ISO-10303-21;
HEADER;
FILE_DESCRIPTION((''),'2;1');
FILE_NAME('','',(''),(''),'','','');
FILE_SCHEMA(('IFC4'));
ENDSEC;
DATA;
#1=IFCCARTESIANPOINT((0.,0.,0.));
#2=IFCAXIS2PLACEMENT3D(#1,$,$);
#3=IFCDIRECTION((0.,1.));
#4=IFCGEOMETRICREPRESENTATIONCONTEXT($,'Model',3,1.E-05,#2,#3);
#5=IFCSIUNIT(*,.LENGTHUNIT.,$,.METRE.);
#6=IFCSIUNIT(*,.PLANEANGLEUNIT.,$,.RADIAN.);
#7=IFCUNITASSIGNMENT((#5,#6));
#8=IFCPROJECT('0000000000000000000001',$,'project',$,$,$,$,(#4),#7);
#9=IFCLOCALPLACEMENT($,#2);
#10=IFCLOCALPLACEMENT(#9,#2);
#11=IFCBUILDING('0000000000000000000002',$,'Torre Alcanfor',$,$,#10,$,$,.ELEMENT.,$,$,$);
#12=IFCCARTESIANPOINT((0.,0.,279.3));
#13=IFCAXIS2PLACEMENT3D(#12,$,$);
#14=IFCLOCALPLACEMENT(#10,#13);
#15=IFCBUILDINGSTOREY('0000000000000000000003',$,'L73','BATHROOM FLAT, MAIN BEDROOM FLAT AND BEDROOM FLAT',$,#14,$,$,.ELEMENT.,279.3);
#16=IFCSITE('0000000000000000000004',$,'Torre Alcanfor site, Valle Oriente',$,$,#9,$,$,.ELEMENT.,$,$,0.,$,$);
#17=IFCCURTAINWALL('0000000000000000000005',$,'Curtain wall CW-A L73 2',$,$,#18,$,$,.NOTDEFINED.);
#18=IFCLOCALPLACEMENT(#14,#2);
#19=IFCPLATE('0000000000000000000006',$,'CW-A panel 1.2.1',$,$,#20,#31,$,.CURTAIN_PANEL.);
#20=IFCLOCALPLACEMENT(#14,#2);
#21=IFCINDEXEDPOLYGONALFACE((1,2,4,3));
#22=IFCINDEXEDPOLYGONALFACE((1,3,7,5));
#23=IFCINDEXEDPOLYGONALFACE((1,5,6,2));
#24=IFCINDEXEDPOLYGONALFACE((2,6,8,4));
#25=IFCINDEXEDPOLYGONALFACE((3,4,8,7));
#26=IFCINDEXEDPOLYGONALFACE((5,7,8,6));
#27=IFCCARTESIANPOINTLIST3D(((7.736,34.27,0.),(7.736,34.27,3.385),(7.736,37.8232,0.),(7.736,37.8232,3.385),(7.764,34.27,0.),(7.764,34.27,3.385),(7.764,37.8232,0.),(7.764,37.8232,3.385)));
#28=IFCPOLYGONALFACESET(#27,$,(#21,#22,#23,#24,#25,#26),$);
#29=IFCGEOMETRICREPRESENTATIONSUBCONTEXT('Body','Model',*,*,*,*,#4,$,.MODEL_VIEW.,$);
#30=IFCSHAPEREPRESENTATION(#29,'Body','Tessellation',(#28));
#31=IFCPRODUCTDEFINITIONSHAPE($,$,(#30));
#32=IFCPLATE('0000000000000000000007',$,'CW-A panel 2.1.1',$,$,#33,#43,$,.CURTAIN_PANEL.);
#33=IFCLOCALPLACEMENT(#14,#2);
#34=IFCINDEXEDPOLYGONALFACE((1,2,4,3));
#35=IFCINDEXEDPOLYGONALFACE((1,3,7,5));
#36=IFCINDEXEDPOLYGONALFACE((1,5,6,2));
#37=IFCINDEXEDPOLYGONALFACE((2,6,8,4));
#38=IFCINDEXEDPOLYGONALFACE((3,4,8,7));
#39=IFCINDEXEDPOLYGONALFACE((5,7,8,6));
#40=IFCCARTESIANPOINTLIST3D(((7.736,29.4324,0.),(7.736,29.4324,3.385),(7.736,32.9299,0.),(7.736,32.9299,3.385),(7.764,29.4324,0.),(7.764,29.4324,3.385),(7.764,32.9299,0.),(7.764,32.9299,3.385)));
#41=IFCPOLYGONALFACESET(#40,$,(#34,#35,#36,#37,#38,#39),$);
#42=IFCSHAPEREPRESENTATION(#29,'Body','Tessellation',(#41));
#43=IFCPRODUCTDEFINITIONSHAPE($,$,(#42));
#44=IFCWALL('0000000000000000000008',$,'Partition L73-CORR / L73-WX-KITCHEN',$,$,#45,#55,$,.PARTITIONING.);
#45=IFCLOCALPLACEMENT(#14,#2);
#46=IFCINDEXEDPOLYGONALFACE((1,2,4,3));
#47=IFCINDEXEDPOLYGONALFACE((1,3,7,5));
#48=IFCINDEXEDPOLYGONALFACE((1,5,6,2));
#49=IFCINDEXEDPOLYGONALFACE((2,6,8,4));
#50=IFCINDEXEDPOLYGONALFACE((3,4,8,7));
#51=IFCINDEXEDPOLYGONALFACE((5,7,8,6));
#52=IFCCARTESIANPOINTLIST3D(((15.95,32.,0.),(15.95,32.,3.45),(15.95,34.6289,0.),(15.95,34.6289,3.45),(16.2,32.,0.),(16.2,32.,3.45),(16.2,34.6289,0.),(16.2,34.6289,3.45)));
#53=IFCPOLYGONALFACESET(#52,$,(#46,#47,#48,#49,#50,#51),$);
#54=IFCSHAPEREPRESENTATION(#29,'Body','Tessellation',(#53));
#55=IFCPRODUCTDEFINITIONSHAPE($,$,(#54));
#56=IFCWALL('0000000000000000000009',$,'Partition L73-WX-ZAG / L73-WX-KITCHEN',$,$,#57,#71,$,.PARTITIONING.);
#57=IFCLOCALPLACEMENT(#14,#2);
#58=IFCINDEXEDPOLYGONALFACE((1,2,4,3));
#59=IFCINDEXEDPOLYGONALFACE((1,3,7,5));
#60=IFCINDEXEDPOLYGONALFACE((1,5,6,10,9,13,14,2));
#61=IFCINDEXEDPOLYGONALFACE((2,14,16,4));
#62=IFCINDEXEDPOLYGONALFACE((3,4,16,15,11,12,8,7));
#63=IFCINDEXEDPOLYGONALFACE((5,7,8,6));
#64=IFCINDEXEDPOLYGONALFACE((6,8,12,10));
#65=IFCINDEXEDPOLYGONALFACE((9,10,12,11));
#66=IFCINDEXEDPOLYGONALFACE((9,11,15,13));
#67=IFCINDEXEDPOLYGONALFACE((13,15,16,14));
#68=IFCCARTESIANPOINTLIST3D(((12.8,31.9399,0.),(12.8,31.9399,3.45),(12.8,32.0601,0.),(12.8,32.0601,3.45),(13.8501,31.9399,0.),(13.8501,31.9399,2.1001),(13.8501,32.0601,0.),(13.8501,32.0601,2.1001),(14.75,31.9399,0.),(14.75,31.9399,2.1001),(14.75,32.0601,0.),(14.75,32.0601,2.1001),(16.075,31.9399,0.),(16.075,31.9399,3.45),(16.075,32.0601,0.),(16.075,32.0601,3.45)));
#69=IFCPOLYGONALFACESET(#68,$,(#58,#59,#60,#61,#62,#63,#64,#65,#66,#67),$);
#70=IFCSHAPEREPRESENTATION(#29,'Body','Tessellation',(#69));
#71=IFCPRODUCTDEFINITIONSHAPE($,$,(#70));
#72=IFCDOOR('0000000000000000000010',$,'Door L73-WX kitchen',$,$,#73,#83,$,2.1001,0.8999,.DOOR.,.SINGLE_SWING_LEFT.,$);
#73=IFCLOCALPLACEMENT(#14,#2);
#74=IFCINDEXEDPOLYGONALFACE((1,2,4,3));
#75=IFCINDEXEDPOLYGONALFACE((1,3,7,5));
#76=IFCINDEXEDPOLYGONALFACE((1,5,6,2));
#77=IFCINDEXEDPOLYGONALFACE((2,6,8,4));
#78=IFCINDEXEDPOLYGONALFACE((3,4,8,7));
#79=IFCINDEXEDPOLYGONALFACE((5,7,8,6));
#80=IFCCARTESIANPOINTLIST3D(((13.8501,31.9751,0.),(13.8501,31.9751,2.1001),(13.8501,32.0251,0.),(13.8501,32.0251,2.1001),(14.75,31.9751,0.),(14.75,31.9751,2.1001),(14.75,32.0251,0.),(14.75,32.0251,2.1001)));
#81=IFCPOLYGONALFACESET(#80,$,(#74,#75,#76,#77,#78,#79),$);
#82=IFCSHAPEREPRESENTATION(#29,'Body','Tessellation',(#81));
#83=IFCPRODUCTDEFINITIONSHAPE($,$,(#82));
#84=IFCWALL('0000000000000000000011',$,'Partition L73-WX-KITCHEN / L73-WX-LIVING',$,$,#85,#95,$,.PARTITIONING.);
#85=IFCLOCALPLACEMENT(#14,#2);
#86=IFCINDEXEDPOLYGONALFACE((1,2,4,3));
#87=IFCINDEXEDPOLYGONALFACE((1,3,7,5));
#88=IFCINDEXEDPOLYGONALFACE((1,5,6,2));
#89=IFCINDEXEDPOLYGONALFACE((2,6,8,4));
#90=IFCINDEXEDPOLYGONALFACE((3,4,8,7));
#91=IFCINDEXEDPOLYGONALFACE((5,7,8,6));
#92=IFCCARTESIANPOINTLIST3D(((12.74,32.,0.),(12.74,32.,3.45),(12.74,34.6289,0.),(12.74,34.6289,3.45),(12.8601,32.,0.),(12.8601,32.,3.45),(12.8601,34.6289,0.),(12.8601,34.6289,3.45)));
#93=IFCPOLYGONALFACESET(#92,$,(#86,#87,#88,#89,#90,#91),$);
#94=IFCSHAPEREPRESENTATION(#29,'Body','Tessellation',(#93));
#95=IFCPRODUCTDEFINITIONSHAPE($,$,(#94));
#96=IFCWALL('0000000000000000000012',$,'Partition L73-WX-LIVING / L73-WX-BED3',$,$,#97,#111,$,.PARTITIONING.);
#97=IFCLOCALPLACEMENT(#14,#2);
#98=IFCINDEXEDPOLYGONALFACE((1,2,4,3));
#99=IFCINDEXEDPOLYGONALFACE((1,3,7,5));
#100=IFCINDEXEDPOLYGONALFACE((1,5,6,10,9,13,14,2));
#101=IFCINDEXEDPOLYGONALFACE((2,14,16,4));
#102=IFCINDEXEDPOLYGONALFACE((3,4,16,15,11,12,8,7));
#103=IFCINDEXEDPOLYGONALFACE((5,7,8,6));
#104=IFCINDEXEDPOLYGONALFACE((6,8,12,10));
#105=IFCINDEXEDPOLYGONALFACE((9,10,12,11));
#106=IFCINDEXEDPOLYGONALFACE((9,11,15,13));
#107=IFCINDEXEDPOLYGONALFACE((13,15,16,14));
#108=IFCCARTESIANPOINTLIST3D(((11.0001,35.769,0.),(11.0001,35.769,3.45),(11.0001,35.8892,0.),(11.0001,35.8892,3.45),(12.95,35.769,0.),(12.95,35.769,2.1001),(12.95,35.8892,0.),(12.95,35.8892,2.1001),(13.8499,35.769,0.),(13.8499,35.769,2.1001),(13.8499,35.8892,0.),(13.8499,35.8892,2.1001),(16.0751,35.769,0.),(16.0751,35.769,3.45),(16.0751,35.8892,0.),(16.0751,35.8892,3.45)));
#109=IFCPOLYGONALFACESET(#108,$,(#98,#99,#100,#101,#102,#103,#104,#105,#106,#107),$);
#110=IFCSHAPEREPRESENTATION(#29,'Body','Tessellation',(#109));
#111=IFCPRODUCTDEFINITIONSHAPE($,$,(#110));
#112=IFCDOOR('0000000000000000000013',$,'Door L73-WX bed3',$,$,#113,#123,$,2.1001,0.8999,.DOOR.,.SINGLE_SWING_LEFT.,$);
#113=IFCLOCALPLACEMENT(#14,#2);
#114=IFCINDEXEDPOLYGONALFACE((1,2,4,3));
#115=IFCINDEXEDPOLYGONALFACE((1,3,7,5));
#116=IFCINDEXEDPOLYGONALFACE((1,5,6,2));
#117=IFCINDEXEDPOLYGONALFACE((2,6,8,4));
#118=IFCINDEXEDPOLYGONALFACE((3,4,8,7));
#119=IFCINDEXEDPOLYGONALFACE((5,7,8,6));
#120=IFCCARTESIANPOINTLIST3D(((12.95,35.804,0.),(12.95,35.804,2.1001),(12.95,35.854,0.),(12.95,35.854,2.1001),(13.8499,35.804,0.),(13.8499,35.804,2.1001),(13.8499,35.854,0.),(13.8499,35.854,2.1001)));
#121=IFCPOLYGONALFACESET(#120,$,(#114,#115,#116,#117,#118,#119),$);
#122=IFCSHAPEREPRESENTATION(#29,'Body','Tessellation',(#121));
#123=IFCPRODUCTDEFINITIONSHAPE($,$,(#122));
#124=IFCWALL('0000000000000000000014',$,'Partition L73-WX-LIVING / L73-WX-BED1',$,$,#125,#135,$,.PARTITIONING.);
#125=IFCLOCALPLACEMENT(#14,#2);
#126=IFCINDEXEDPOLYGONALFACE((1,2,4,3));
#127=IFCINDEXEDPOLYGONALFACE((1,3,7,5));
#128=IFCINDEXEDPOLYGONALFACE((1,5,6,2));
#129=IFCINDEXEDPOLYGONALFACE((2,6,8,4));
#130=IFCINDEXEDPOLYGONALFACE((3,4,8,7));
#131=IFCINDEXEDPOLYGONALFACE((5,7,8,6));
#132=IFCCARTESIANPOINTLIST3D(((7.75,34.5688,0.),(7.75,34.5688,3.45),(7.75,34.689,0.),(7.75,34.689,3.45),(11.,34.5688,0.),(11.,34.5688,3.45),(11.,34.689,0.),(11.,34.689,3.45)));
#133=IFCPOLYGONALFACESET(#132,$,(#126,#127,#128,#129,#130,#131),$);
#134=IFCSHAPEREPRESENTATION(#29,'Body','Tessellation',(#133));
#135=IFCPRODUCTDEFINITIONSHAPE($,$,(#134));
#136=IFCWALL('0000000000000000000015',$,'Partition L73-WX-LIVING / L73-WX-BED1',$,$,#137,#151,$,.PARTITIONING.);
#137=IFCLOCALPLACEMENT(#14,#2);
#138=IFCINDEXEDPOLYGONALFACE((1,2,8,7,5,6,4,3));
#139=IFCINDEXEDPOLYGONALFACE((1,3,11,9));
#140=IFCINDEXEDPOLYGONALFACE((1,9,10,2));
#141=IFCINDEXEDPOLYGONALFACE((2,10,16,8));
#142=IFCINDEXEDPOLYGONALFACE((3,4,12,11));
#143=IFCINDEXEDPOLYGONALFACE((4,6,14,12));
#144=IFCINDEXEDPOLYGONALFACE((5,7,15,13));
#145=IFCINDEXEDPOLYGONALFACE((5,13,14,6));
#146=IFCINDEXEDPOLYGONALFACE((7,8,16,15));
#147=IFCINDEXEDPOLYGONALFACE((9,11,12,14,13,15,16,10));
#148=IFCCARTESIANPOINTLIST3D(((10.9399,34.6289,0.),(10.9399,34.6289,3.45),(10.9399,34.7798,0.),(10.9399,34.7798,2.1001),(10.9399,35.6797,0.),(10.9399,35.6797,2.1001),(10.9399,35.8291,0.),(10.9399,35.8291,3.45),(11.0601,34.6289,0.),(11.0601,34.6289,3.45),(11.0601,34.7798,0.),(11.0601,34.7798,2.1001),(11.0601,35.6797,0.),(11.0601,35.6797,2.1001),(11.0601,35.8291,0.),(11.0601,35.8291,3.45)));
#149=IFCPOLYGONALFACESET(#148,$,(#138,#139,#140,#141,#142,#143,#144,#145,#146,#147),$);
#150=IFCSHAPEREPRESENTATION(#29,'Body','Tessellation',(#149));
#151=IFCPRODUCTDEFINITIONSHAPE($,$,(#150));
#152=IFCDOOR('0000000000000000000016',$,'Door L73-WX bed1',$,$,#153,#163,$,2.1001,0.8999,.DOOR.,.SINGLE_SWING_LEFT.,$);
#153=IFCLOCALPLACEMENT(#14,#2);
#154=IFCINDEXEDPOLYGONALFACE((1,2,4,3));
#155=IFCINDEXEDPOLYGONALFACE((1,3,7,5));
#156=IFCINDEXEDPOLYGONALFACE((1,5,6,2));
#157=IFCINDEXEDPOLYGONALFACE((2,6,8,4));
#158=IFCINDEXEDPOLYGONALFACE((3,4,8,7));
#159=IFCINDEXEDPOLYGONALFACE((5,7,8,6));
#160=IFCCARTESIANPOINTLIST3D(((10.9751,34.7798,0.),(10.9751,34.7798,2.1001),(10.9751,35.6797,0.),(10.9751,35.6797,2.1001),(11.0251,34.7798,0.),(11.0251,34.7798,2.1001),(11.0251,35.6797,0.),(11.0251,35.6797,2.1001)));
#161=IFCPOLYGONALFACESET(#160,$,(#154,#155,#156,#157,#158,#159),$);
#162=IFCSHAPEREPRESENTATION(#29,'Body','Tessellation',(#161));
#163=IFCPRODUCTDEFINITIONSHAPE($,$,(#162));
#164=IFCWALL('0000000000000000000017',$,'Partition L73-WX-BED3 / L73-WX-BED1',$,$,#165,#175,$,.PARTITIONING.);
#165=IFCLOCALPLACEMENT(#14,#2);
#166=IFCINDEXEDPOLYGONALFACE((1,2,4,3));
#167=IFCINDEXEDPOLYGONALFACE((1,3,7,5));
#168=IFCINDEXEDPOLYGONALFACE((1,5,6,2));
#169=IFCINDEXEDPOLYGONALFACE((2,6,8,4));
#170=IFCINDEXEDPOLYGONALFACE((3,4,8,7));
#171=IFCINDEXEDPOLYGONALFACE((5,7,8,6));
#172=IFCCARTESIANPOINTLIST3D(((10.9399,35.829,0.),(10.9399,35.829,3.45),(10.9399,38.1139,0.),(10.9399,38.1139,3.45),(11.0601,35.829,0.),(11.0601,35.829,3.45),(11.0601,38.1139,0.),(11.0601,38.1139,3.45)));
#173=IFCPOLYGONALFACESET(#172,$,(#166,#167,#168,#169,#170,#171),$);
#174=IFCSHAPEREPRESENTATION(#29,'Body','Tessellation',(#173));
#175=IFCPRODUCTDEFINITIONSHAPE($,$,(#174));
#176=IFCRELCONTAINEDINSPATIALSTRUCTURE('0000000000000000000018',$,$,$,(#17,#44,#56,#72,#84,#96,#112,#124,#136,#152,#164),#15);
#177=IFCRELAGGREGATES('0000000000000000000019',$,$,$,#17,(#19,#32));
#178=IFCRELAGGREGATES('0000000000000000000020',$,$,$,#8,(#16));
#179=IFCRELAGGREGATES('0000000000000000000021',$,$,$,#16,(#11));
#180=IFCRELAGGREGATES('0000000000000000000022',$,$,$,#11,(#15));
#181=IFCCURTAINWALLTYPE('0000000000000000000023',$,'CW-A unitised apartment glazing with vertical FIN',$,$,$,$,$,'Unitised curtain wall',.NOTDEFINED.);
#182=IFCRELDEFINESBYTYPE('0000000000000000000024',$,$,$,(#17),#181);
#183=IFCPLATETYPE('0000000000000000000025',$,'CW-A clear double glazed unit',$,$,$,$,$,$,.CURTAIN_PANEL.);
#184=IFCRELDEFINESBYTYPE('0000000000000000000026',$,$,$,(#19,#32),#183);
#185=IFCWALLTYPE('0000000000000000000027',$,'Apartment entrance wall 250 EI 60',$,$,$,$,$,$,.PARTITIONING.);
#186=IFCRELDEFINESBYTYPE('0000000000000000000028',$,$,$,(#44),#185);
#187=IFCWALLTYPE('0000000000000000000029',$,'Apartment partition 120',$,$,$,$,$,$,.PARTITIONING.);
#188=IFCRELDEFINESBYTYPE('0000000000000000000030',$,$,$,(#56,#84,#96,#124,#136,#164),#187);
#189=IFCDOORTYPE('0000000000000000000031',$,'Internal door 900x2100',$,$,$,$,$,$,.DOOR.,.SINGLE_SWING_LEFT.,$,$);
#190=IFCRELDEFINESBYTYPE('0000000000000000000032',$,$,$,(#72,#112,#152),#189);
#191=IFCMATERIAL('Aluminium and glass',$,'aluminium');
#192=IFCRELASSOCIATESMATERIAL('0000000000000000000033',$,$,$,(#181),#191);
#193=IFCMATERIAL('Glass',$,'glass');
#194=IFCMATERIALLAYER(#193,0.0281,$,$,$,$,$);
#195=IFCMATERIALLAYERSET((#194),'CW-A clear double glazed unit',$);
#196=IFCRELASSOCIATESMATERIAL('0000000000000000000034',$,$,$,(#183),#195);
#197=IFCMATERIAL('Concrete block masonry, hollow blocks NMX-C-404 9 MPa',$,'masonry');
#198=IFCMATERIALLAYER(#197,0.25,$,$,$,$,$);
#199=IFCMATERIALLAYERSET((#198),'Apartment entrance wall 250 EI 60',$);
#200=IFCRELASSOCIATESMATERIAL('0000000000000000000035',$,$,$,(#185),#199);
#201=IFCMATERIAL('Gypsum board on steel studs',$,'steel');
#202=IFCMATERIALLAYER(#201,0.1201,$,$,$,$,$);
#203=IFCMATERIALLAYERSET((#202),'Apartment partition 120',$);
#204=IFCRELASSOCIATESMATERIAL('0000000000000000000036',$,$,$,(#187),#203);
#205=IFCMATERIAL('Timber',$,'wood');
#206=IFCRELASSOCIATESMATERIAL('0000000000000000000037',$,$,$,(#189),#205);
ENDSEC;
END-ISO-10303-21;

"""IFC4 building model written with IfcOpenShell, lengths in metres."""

from ifc_helpers import new_model, si_unit, direction, frame, frame_2d, origin, origin_2d, place, context, subcontext, project, spatial, rectangle, extrude, material, layer, layer_set, type_object, element, fill, aggregate, save


model = new_model("IFC4")

# Units and contexts
model_context = context("Model", 3, precision=1e-05, world=origin(), true_north=direction((0.0, 1.0)))
body_context = subcontext(model_context, "Body", "Model", "MODEL_VIEW")
ifc_project = project(units=[si_unit("LENGTHUNIT", "METRE"), si_unit("PLANEANGLEUNIT", "RADIAN")], contexts=[model_context])

# Site, building, storey
site_placement = place(None, origin())
site = spatial("IfcSite", under=ifc_project, at=site_placement, Name="Torre Alcanfor site, Valle Oriente", CompositionType="ELEMENT", RefElevation=0.0)
building_placement = place(site_placement, origin())
building = spatial("IfcBuilding", under=site, at=building_placement, Name="Torre Alcanfor", CompositionType="ELEMENT")
storey_placement = place(building_placement, frame((0.0, 0.0, 279.3)))
storey = spatial("IfcBuildingStorey", under=building, at=storey_placement, Name="L73", Description="BATHROOM FLAT, MAIN BEDROOM FLAT AND BEDROOM FLAT", CompositionType="ELEMENT", Elevation=279.3)

# Curtain wall
ifc_material_1 = material(Name="Aluminium and glass", Category="aluminium")
curtain_wall_type = type_object("IfcCurtainWallType", Name="CW-A unitised apartment glazing with vertical FIN", ElementType="Unitised curtain wall", PredefinedType="NOTDEFINED", material=ifc_material_1)
curtain_wall_placement = place(storey_placement, origin())
curtain_wall = element("IfcCurtainWall", 1, at=curtain_wall_placement, inside=storey, type_object=curtain_wall_type, Name="Curtain wall CW-A L73 2", PredefinedType="NOTDEFINED")

# Plates
ifc_material_2 = material(Name="Glass", Category="glass")
ifc_layer_1 = layer(ifc_material_2, 0.0281)
ifc_layer_set_1 = layer_set([ifc_layer_1], Name="CW-A clear double glazed unit")
plate_type = type_object("IfcPlateType", Name="CW-A clear double glazed unit", PredefinedType="CURTAIN_PANEL", material=ifc_layer_set_1)
plate_1_placement = place(storey_placement, frame((7.75, 36.0466, 0.0), z_axis=(0.0, 0.0, 1.0), x_axis=(0.0, -1.0, 0.0)))
plate_1 = element("IfcPlate", 2, at=plate_1_placement, type_object=plate_type, Name="CW-A panel 1.2.1", PredefinedType="CURTAIN_PANEL", context=body_context, shape_type="SweptSolid", body=[
    extrude(rectangle(XDim=3.5532, YDim=0.0281, at=origin_2d()), origin(), (0.0, 0.0, 1.0), 3.385),
])
plate_2_placement = place(storey_placement, frame((7.75, 31.1812, 0.0), z_axis=(0.0, 0.0, 1.0), x_axis=(0.0, -1.0, 0.0)))
plate_2 = element("IfcPlate", 3, at=plate_2_placement, type_object=plate_type, Name="CW-A panel 2.1.1", PredefinedType="CURTAIN_PANEL", context=body_context, shape_type="SweptSolid", body=[
    extrude(rectangle(XDim=3.4976, YDim=0.0281, at=origin_2d()), origin(), (0.0, 0.0, 1.0), 3.385),
])
aggregate(curtain_wall, [plate_1, plate_2])

# Wall
ifc_material_3 = material(Name="Concrete block masonry, hollow blocks NMX-C-404 9 MPa", Category="masonry")
ifc_layer_2 = layer(ifc_material_3, 0.25)
ifc_layer_set_2 = layer_set([ifc_layer_2], Name="Apartment entrance wall 250 EI 60")
wall_type_1 = type_object("IfcWallType", Name="Apartment entrance wall 250 EI 60", PredefinedType="PARTITIONING", material=ifc_layer_set_2)
wall_1_placement = place(storey_placement, frame((16.075, 32.0, 0.0), z_axis=(0.0, 0.0, 1.0), x_axis=(0.0, 1.0, 0.0)))
element("IfcWall", 4, at=wall_1_placement, inside=storey, type_object=wall_type_1, Name="Partition L73-CORR / L73-WX-KITCHEN", PredefinedType="PARTITIONING", context=body_context, shape_type="SweptSolid", body=[
    extrude(rectangle(XDim=2.6289, YDim=0.25, at=frame_2d((1.3145, 0.0))), origin(), (0.0, 0.0, 1.0), 3.45),
])

# Wall, opening, door
ifc_material_4 = material(Name="Gypsum board on steel studs", Category="steel")
ifc_layer_3 = layer(ifc_material_4, 0.1201)
ifc_layer_set_3 = layer_set([ifc_layer_3], Name="Apartment partition 120")
wall_type_2 = type_object("IfcWallType", Name="Apartment partition 120", PredefinedType="PARTITIONING", material=ifc_layer_set_3)
wall_2_placement = place(storey_placement, frame((16.075, 32.0, 0.0), z_axis=(0.0, 0.0, 1.0), x_axis=(-1.0, 0.0, 0.0)))
wall_2 = element("IfcWall", 5, at=wall_2_placement, inside=storey, type_object=wall_type_2, Name="Partition L73-WX-ZAG / L73-WX-KITCHEN", PredefinedType="PARTITIONING", context=body_context, shape_type="SweptSolid", body=[
    extrude(rectangle(XDim=3.2749, YDim=0.1201, at=frame_2d((1.6375, 0.0))), origin(), (0.0, 0.0, 1.0), 3.45),
])
opening_1_placement = place(wall_2_placement, frame((1.325, 0.0, 0.0)))
opening_1 = element("IfcOpeningElement", 6, at=opening_1_placement, cuts=wall_2, PredefinedType="OPENING", context=body_context, shape_type="SweptSolid", body=[
    extrude(rectangle(XDim=0.8999, YDim=2.1001, at=frame_2d((0.45, 1.05))), frame((0.0, 0.0701, 0.0), z_axis=(0.0, -1.0, 0.0), x_axis=(1.0, 0.0, 0.0)), (0.0, 0.0, 1.0), 0.1401),
])
ifc_material_5 = material(Name="Timber", Category="wood")
door_type_1 = type_object("IfcDoorType", Name="Internal door 900x2100", OperationType="SINGLE_SWING_LEFT", PredefinedType="DOOR", material=ifc_material_5)
door_1_placement = place(opening_1_placement, frame((0.8999, 0.0, 0.0), z_axis=(0.0, 0.0, 1.0), x_axis=(-1.0, 0.0, 0.0)))
door_1 = element("IfcDoor", 7, at=door_1_placement, inside=storey, type_object=door_type_1, Name="Door L73-WX kitchen", OperationType="SINGLE_SWING_LEFT", OverallHeight=2.1001, OverallWidth=0.8999, PredefinedType="DOOR", context=body_context, shape_type="SweptSolid", body=[
    extrude(rectangle(XDim=0.8999, YDim=2.1001, at=frame_2d((0.45, 1.05))), frame((0.0, 0.0251, 0.0), z_axis=(0.0, -1.0, 0.0), x_axis=(1.0, 0.0, 0.0)), (0.0, 0.0, 1.0), 0.05),
])
fill(opening_1, door_1)

# Wall
wall_3_placement = place(storey_placement, frame((12.8, 34.6289, 0.0), z_axis=(0.0, 0.0, 1.0), x_axis=(0.0, -1.0, 0.0)))
element("IfcWall", 8, at=wall_3_placement, inside=storey, type_object=wall_type_2, Name="Partition L73-WX-KITCHEN / L73-WX-LIVING", PredefinedType="PARTITIONING", context=body_context, shape_type="SweptSolid", body=[
    extrude(rectangle(XDim=2.6289, YDim=0.1201, at=frame_2d((1.3145, 0.0))), origin(), (0.0, 0.0, 1.0), 3.45),
])

# Wall, opening, door
wall_4_placement = place(storey_placement, frame((11.0, 35.8291, 0.0), z_axis=(0.0, 0.0, 1.0), x_axis=(1.0, 0.0, 0.0)))
wall_4 = element("IfcWall", 9, at=wall_4_placement, inside=storey, type_object=wall_type_2, Name="Partition L73-WX-LIVING / L73-WX-BED3", PredefinedType="PARTITIONING", context=body_context, shape_type="SweptSolid", body=[
    extrude(rectangle(XDim=5.075, YDim=0.1201, at=frame_2d((2.5376, 0.0))), origin(), (0.0, 0.0, 1.0), 3.45),
])
opening_2_placement = place(wall_4_placement, frame((1.95, 0.0, 0.0)))
opening_2 = element("IfcOpeningElement", 10, at=opening_2_placement, cuts=wall_4, PredefinedType="OPENING", context=body_context, shape_type="SweptSolid", body=[
    extrude(rectangle(XDim=0.8999, YDim=2.1001, at=frame_2d((0.45, 1.05))), frame((0.0, 0.0701, 0.0), z_axis=(0.0, -1.0, 0.0), x_axis=(1.0, 0.0, 0.0)), (0.0, 0.0, 1.0), 0.1401),
])
door_2_placement = place(opening_2_placement, origin())
door_2 = element("IfcDoor", 11, at=door_2_placement, inside=storey, type_object=door_type_1, Name="Door L73-WX bed3", OperationType="SINGLE_SWING_LEFT", OverallHeight=2.1001, OverallWidth=0.8999, PredefinedType="DOOR", context=body_context, shape_type="SweptSolid", body=[
    extrude(rectangle(XDim=0.8999, YDim=2.1001, at=frame_2d((0.45, 1.05))), frame((0.0, 0.0249, 0.0), z_axis=(0.0, -1.0, 0.0), x_axis=(1.0, 0.0, 0.0)), (0.0, 0.0, 1.0), 0.05),
])
fill(opening_2, door_2)

# Wall
wall_5_placement = place(storey_placement, frame((7.75, 34.6289, 0.0), z_axis=(0.0, 0.0, 1.0), x_axis=(1.0, 0.0, 0.0)))
element("IfcWall", 12, at=wall_5_placement, inside=storey, type_object=wall_type_2, Name="Partition L73-WX-LIVING / L73-WX-BED1", PredefinedType="PARTITIONING", context=body_context, shape_type="SweptSolid", body=[
    extrude(rectangle(XDim=3.25, YDim=0.1201, at=frame_2d((1.625, 0.0))), origin(), (0.0, 0.0, 1.0), 3.45),
])

# Wall, opening, door
wall_6_placement = place(storey_placement, frame((11.0, 34.6289, 0.0), z_axis=(0.0, 0.0, 1.0), x_axis=(0.0, 1.0, 0.0)))
wall_6 = element("IfcWall", 13, at=wall_6_placement, inside=storey, type_object=wall_type_2, Name="Partition L73-WX-LIVING / L73-WX-BED1", PredefinedType="PARTITIONING", context=body_context, shape_type="SweptSolid", body=[
    extrude(rectangle(XDim=1.2002, YDim=0.1201, at=frame_2d((0.6001, 0.0))), origin(), (0.0, 0.0, 1.0), 3.45),
])
opening_3_placement = place(wall_6_placement, frame((0.1509, 0.0, 0.0)))
opening_3 = element("IfcOpeningElement", 14, at=opening_3_placement, cuts=wall_6, PredefinedType="OPENING", context=body_context, shape_type="SweptSolid", body=[
    extrude(rectangle(XDim=0.8999, YDim=2.1001, at=frame_2d((0.45, 1.05))), frame((0.0, 0.0701, 0.0), z_axis=(0.0, -1.0, 0.0), x_axis=(1.0, 0.0, 0.0)), (0.0, 0.0, 1.0), 0.1401),
])
door_3_placement = place(opening_3_placement, origin())
door_3 = element("IfcDoor", 15, at=door_3_placement, inside=storey, type_object=door_type_1, Name="Door L73-WX bed1", OperationType="SINGLE_SWING_LEFT", OverallHeight=2.1001, OverallWidth=0.8999, PredefinedType="DOOR", context=body_context, shape_type="SweptSolid", body=[
    extrude(rectangle(XDim=0.8999, YDim=2.1001, at=frame_2d((0.45, 1.05))), frame((0.0, 0.0249, 0.0), z_axis=(0.0, -1.0, 0.0), x_axis=(1.0, 0.0, 0.0)), (0.0, 0.0, 1.0), 0.05),
])
fill(opening_3, door_3)

# Wall
wall_7_placement = place(storey_placement, frame((11.0, 38.114, 0.0), z_axis=(0.0, 0.0, 1.0), x_axis=(0.0, -1.0, 0.0)))
element("IfcWall", 16, at=wall_7_placement, inside=storey, type_object=wall_type_2, Name="Partition L73-WX-BED3 / L73-WX-BED1", PredefinedType="PARTITIONING", context=body_context, shape_type="SweptSolid", body=[
    extrude(rectangle(XDim=2.2849, YDim=0.1201, at=frame_2d((1.1426, 0.0))), origin(), (0.0, 0.0, 1.0), 3.45),
])

save(model, "model.ifc")
